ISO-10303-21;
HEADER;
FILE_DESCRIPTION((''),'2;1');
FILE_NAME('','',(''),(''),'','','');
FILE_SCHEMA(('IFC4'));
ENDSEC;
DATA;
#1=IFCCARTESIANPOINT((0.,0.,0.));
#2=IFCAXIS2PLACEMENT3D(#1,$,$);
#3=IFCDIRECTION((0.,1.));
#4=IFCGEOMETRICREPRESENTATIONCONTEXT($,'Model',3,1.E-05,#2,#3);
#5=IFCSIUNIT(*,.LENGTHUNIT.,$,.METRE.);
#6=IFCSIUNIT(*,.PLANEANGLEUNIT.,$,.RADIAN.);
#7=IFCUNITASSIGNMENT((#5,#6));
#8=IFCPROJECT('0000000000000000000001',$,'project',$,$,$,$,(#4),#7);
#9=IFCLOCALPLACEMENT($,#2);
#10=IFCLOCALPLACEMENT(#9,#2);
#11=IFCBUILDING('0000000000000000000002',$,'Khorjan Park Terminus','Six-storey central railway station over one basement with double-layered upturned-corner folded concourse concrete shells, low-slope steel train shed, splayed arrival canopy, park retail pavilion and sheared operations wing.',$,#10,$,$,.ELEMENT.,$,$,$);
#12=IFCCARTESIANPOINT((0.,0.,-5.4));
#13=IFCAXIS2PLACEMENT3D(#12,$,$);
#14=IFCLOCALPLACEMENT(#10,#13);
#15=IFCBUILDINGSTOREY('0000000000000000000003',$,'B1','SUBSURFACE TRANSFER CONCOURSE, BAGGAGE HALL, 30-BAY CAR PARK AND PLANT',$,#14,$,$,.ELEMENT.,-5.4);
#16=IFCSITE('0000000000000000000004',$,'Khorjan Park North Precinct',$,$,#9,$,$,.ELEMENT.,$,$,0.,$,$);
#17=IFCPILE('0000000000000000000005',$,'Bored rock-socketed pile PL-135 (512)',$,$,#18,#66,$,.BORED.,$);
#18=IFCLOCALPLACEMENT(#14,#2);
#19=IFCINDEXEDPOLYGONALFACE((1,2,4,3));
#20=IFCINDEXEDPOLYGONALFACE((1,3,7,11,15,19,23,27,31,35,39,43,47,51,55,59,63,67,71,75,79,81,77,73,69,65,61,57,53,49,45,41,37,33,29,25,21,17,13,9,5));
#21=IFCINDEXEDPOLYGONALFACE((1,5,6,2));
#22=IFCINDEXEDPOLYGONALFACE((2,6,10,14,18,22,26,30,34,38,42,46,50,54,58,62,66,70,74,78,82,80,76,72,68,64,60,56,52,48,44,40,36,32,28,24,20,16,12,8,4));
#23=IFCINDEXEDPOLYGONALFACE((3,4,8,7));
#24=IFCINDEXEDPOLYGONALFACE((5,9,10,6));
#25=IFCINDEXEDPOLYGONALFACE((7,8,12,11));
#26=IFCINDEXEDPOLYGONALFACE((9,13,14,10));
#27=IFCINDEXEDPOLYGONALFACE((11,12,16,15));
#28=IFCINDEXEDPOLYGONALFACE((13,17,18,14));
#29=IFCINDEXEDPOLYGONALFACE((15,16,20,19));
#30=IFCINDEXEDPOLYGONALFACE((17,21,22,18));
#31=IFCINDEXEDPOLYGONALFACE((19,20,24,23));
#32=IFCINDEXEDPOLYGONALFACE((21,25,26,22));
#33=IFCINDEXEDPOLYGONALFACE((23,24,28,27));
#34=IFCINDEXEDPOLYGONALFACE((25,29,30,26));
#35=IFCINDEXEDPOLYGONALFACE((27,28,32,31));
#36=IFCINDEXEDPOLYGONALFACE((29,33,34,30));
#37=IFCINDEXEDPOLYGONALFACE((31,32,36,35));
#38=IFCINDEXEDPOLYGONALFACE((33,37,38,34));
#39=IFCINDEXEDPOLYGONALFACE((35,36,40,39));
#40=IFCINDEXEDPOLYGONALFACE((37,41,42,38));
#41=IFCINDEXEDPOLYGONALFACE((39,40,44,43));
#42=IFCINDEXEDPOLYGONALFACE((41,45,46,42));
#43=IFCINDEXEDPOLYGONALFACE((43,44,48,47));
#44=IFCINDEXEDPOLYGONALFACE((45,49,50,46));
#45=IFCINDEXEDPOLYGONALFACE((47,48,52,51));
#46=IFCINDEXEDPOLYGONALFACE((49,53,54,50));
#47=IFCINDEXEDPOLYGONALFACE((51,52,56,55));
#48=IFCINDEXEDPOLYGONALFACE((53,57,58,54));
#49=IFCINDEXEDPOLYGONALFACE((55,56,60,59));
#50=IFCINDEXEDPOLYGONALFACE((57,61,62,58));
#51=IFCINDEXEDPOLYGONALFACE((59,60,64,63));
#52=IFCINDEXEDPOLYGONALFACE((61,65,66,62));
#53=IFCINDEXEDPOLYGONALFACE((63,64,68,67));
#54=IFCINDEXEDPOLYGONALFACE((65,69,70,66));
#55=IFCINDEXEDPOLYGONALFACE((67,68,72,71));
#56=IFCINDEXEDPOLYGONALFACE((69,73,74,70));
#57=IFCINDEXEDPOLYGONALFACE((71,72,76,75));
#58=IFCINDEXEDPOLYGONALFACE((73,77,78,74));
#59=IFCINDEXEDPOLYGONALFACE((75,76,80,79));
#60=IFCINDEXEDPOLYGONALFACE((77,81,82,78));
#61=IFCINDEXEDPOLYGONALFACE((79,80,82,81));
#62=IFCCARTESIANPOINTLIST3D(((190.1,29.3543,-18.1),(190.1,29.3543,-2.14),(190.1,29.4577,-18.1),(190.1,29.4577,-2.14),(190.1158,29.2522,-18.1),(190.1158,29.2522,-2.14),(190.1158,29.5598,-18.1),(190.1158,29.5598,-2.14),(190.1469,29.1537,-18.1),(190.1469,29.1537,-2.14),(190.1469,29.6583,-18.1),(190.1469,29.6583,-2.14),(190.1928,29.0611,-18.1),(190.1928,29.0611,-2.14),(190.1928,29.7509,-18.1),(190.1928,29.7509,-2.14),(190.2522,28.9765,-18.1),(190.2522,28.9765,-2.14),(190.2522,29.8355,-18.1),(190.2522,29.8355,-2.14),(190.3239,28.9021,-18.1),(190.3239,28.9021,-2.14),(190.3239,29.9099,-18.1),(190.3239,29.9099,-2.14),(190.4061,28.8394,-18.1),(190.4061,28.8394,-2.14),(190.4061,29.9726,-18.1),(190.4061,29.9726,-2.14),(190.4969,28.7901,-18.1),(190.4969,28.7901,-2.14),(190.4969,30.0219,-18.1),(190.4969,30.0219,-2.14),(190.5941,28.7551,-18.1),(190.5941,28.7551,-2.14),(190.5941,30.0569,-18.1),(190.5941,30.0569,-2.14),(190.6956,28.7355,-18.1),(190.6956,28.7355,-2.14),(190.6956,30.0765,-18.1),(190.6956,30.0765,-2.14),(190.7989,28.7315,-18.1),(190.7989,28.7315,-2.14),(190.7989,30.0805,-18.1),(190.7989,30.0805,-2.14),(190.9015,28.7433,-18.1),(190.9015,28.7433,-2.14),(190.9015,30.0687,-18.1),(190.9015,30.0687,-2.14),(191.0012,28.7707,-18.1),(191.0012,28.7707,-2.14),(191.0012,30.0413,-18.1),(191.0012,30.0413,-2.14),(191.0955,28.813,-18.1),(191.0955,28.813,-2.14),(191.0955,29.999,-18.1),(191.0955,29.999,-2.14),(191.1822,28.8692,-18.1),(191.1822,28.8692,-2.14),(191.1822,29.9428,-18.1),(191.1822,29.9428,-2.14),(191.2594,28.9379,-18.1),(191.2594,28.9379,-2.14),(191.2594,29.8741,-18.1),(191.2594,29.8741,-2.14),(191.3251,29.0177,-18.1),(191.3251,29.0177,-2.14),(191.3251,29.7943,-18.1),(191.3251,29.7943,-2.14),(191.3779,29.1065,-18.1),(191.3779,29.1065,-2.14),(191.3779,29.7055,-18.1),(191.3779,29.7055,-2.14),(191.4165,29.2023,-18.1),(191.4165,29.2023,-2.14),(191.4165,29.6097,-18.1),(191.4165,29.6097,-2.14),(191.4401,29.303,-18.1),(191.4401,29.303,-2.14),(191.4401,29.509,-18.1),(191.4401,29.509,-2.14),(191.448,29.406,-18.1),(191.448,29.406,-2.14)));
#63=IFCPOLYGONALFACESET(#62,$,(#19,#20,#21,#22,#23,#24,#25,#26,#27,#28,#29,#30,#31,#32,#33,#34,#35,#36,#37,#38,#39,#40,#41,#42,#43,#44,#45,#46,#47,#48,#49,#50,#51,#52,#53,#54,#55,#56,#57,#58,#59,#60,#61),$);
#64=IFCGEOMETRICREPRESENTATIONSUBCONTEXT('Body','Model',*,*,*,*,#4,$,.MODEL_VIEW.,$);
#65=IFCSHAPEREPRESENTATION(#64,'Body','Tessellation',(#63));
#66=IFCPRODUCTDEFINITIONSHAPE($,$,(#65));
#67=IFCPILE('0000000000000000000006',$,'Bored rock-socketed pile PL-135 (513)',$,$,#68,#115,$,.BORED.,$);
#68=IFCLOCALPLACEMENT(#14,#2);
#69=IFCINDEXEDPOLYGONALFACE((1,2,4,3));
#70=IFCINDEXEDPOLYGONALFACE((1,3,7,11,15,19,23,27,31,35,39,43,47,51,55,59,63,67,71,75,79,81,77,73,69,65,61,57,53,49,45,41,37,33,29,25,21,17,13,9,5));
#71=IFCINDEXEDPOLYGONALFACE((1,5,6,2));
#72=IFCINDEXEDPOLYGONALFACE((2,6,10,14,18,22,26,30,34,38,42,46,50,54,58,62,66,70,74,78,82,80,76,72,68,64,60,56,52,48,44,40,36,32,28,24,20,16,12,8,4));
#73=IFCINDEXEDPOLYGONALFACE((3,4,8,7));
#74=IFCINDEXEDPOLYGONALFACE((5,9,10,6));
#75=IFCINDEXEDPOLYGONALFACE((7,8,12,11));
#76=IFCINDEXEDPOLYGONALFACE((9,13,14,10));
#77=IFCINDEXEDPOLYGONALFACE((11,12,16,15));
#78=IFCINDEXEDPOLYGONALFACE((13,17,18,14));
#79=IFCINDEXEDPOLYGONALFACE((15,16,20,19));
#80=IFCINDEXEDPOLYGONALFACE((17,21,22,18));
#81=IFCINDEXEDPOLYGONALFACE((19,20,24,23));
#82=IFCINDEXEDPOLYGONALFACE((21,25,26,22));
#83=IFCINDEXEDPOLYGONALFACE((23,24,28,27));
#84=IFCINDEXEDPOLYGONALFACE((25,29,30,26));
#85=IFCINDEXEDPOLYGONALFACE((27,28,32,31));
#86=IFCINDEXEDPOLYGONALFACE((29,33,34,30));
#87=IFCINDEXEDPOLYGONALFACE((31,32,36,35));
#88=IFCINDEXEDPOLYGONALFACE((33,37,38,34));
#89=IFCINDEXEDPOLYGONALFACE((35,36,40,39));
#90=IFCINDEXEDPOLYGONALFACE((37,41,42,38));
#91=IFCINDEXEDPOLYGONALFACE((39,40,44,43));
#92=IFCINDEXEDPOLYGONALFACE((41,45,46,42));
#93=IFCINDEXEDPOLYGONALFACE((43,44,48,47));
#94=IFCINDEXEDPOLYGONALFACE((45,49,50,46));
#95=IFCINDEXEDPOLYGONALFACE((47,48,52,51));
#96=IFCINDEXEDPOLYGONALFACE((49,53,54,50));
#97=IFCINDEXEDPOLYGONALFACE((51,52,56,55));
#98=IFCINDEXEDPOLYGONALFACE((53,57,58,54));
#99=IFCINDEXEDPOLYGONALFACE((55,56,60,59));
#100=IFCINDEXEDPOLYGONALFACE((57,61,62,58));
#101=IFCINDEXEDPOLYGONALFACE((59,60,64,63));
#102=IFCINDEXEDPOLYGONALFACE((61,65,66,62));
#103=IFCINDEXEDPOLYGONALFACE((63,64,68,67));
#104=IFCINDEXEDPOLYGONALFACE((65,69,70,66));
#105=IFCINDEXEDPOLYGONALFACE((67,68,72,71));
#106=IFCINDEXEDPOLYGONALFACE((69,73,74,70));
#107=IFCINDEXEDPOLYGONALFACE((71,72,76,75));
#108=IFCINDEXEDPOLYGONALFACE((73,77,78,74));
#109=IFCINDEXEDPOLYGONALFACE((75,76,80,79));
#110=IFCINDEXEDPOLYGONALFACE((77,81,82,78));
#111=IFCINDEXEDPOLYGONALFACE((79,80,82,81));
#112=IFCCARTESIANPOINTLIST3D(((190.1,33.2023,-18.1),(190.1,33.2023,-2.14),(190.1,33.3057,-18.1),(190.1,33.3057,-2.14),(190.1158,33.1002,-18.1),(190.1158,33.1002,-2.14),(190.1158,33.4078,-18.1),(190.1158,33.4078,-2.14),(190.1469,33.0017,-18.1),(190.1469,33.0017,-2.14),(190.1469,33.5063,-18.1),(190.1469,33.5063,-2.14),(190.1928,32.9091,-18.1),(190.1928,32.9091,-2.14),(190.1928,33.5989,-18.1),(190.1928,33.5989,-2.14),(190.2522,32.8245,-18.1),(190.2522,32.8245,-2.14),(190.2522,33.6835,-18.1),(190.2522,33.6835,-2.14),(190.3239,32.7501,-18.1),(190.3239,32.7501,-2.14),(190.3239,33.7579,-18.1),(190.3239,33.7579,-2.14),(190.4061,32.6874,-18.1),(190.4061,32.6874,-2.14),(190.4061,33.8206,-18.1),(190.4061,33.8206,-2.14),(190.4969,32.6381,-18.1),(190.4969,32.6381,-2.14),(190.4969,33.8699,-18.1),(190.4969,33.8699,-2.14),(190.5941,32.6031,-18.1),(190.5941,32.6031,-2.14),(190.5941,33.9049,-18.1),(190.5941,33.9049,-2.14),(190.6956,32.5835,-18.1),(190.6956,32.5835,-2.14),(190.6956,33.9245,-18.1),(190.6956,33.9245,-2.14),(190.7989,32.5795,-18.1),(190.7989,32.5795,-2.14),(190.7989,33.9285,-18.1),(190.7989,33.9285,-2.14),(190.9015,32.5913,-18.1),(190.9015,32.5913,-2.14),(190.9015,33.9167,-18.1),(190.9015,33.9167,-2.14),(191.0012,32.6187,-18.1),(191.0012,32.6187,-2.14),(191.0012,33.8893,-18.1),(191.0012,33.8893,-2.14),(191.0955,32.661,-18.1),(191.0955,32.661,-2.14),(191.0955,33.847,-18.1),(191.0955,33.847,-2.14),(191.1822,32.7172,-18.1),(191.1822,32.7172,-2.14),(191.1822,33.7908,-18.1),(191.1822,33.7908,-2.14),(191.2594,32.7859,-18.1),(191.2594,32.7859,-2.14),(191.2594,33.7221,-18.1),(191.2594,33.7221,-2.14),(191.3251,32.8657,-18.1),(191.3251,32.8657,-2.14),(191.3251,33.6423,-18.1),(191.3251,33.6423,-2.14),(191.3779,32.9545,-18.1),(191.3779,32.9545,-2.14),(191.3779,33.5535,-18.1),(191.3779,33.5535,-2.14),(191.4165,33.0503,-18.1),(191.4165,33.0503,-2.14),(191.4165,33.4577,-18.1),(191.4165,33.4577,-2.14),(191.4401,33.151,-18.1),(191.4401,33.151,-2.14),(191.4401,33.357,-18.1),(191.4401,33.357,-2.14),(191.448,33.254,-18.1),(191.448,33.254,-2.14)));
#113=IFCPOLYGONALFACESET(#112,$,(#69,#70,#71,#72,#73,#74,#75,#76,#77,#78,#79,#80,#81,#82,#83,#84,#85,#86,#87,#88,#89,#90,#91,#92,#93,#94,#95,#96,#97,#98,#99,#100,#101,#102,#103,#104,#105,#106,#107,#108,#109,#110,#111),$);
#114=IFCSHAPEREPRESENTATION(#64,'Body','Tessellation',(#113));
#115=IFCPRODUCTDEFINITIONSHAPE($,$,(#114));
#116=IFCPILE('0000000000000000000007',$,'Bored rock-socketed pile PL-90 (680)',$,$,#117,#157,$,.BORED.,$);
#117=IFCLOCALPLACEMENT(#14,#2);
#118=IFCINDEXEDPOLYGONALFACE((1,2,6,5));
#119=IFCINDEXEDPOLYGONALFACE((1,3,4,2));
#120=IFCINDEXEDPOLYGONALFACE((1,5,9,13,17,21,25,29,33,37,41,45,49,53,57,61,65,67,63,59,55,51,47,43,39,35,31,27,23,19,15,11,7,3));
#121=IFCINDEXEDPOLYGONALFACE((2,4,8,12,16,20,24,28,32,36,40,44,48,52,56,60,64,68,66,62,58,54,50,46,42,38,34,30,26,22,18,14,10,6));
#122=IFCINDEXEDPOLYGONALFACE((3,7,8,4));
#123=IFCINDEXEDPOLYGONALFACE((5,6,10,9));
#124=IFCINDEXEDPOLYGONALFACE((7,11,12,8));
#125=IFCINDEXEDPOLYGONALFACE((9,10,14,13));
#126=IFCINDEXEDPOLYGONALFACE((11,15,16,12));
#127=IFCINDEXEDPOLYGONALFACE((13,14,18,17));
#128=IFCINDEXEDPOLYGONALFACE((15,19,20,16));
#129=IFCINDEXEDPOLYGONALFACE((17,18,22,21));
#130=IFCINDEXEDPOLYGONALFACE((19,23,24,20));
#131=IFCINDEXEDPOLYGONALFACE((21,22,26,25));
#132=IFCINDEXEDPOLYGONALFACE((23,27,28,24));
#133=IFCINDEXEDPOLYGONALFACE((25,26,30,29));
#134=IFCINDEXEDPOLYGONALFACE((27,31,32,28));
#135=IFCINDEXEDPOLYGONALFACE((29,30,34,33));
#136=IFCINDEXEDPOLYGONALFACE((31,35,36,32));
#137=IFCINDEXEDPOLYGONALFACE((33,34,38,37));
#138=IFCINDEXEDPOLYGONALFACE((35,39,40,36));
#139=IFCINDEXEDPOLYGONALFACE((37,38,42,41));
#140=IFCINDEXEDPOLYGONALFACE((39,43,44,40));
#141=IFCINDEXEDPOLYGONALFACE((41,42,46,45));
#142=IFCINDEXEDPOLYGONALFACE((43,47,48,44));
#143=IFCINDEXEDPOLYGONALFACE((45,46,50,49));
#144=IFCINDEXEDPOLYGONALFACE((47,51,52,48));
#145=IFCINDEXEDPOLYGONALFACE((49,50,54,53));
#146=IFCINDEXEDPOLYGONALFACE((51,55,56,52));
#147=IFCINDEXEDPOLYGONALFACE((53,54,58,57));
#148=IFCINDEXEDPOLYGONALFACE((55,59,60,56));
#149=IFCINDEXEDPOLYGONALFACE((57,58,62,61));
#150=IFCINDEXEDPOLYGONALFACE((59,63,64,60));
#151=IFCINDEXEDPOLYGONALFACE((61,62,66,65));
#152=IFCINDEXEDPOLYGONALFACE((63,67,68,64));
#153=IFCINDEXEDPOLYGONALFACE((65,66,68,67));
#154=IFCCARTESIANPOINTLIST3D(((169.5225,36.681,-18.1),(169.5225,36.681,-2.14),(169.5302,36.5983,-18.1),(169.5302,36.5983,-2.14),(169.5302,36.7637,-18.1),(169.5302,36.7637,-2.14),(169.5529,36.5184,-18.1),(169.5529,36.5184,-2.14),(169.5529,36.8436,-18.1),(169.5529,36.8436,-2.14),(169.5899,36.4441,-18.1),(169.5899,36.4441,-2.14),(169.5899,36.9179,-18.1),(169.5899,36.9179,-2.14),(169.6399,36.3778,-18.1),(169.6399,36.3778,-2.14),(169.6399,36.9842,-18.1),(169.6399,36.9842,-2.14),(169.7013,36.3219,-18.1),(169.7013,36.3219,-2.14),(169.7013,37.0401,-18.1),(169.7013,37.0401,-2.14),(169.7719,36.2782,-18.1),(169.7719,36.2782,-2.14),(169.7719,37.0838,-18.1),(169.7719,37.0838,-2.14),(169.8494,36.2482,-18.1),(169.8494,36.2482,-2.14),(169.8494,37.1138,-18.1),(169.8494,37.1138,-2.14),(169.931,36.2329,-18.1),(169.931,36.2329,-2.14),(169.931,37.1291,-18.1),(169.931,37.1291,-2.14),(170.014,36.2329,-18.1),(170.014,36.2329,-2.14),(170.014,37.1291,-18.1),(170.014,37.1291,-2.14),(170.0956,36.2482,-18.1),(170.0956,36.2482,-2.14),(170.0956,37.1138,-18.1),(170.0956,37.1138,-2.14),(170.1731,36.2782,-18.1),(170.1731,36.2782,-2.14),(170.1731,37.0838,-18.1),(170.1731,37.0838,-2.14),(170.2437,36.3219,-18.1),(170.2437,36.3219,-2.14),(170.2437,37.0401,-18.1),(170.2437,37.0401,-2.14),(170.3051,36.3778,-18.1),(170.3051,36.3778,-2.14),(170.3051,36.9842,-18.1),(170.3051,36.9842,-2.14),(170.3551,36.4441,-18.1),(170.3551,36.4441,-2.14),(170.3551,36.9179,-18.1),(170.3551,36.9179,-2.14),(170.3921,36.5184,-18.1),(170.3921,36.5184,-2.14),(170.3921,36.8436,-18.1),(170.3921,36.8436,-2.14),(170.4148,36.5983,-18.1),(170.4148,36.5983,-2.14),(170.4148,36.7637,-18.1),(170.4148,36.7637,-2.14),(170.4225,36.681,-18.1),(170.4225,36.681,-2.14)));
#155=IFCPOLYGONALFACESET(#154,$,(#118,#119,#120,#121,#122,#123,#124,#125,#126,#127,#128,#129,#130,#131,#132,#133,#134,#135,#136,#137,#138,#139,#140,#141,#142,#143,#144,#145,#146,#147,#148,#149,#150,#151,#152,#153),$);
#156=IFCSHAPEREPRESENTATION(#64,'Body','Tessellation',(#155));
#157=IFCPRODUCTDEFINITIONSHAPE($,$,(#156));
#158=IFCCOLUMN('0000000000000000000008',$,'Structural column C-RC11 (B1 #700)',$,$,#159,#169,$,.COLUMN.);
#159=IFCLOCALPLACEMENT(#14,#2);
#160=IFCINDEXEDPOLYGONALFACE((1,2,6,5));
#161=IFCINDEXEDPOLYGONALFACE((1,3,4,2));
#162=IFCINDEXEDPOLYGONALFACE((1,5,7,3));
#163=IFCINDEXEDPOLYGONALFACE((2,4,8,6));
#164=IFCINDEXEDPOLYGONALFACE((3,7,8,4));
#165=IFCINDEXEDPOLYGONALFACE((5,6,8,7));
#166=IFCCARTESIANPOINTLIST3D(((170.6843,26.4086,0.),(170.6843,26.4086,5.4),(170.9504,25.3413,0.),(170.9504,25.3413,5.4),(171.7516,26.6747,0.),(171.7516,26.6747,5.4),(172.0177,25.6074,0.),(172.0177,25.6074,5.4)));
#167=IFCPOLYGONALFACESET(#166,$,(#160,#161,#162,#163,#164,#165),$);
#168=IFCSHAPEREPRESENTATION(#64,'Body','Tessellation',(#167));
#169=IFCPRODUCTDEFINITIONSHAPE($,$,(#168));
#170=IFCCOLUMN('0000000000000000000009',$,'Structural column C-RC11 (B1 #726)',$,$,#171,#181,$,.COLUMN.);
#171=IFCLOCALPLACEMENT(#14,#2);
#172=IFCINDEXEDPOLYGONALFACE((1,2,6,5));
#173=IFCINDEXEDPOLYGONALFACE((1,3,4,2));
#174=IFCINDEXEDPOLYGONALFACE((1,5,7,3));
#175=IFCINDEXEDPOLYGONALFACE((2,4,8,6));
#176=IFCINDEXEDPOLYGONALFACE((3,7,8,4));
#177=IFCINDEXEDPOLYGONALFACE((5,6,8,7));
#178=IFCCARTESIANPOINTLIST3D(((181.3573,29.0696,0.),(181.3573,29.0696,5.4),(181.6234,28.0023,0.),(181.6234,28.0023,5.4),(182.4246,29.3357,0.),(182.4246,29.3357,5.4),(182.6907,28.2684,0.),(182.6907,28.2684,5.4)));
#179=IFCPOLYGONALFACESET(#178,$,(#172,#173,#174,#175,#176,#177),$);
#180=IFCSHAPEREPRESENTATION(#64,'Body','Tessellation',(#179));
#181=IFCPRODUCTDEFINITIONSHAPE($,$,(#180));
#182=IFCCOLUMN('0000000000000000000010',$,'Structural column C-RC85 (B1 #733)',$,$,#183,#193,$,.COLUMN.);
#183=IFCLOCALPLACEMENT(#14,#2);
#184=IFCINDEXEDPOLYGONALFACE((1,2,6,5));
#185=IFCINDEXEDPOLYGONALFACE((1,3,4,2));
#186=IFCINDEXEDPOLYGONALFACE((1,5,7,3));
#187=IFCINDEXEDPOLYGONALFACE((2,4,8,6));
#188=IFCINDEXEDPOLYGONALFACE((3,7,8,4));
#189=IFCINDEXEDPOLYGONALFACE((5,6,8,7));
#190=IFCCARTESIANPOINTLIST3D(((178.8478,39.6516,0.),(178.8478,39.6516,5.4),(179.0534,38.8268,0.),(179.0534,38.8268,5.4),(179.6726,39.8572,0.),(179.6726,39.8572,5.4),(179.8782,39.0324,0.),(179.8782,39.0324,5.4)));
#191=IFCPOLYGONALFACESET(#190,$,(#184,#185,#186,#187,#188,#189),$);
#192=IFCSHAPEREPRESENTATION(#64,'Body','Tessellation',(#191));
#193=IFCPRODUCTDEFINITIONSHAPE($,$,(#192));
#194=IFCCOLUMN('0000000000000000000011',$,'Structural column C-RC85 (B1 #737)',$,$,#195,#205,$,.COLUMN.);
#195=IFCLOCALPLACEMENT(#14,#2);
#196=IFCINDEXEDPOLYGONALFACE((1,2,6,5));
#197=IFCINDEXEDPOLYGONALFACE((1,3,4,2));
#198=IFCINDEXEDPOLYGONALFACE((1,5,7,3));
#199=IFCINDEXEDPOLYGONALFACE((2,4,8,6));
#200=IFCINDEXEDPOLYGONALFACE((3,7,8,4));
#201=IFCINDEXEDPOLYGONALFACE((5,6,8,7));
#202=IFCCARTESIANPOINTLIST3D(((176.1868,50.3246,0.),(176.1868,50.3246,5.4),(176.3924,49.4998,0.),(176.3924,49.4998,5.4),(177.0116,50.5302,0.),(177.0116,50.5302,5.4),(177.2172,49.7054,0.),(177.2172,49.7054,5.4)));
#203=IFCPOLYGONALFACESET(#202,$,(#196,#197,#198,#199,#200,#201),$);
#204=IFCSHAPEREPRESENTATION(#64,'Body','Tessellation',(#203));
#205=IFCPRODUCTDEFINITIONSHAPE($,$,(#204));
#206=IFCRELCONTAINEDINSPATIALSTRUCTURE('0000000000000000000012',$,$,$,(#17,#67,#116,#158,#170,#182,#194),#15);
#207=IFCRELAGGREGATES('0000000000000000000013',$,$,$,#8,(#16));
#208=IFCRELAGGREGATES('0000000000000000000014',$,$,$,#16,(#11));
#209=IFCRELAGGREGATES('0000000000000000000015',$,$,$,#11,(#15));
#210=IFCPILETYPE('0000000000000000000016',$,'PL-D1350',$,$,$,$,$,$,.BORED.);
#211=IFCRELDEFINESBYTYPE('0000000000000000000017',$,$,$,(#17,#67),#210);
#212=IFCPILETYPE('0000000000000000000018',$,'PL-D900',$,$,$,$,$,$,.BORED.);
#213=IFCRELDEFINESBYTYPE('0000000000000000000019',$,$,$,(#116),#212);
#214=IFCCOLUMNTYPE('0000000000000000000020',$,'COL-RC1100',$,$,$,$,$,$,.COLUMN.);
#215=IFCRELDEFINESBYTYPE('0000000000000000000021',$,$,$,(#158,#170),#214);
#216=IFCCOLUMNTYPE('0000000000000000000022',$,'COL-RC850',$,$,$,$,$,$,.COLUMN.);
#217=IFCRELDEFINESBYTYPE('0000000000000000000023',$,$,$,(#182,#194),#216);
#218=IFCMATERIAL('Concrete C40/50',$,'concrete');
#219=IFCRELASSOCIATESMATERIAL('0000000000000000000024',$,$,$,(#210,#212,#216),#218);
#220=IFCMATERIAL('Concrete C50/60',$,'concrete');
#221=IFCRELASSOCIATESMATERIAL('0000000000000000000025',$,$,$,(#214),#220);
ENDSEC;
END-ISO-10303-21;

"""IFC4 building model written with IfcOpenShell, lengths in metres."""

from ifc_helpers import new_model, si_unit, direction, frame, origin, origin_2d, place, context, subcontext, project, spatial, rectangle, circle, extrude, material, material_profile, profile_set, type_object, element, save


model = new_model("IFC4")

# Units and contexts
model_context = context("Model", 3, precision=1e-05, world=origin(), true_north=direction((0.0, 1.0)))
body_context = subcontext(model_context, "Body", "Model", "MODEL_VIEW")
ifc_project = project(units=[si_unit("LENGTHUNIT", "METRE"), si_unit("PLANEANGLEUNIT", "RADIAN")], contexts=[model_context])

# Site, building, storey
site_placement = place(None, origin())
site = spatial("IfcSite", under=ifc_project, at=site_placement, Name="Khorjan Park North Precinct", CompositionType="ELEMENT", RefElevation=0.0)
building_placement = place(site_placement, origin())
building = spatial("IfcBuilding", under=site, at=building_placement, Name="Khorjan Park Terminus", Description="Six-storey central railway station over one basement with double-layered upturned-corner folded concourse concrete shells, low-slope steel train shed, splayed arrival canopy, park retail pavilion and sheared operations wing.", CompositionType="ELEMENT")
storey_placement = place(building_placement, frame((0.0, 0.0, -5.4)))
storey = spatial("IfcBuildingStorey", under=building, at=storey_placement, Name="B1", Description="SUBSURFACE TRANSFER CONCOURSE, BAGGAGE HALL, 30-BAY CAR PARK AND PLANT", CompositionType="ELEMENT", Elevation=-5.4)

# Shared definitions
ifc_material_1 = material(Name="Concrete C40/50", Category="concrete")

# Piles
ifc_material_profile_1 = material_profile(ifc_material_1, circle(Radius=0.675, at=origin_2d()), Name="BORED D1350")
ifc_profile_set_1 = profile_set([ifc_material_profile_1], Name="Concrete C40/50")
pile_type_1 = type_object("IfcPileType", Name="PL-D1350", PredefinedType="BORED", material=ifc_profile_set_1)
for number, where, z_axis, x_axis, name in (
    (1, (190.773, 29.406, -2.14), (0.0, 0.0, -1.0), (1.0, 0.0, 0.0), "Bored rock-socketed pile PL-135 (512)"),
    (2, (190.773, 33.254, -2.14), (0.0, 0.0, -1.0), (1.0, 0.0, 0.0), "Bored rock-socketed pile PL-135 (513)"),
):
    element("IfcPile", number, at=place(storey_placement, frame(where, z_axis=z_axis, x_axis=x_axis)), inside=storey, type_object=pile_type_1, Name=name, PredefinedType="BORED", context=body_context, shape_type="SweptSolid", body=[
        extrude(circle(Radius=0.675, at=origin_2d()), origin(), (0.0, 0.0, 1.0), 15.96),
    ])
ifc_material_profile_2 = material_profile(ifc_material_1, circle(Radius=0.45, at=origin_2d()), Name="BORED D900")
ifc_profile_set_2 = profile_set([ifc_material_profile_2], Name="Concrete C40/50")
pile_type_2 = type_object("IfcPileType", Name="PL-D900", PredefinedType="BORED", material=ifc_profile_set_2)
pile_placement = place(storey_placement, frame((169.9725, 36.681, -2.14), z_axis=(0.0, 0.0, -1.0), x_axis=(1.0, 0.0, 0.0)))
element("IfcPile", 3, at=pile_placement, inside=storey, type_object=pile_type_2, Name="Bored rock-socketed pile PL-90 (680)", PredefinedType="BORED", context=body_context, shape_type="SweptSolid", body=[
    extrude(circle(Radius=0.45, at=origin_2d()), origin(), (0.0, 0.0, 1.0), 15.96),
])

# Columns
ifc_material_2 = material(Name="Concrete C50/60", Category="concrete")
ifc_material_profile_3 = material_profile(ifc_material_2, rectangle(XDim=1.1, YDim=1.1, at=origin_2d()), Name="RC 1100x1100")
ifc_profile_set_3 = profile_set([ifc_material_profile_3], Name="Concrete C50/60")
column_type_1 = type_object("IfcColumnType", Name="COL-RC1100", PredefinedType="COLUMN", material=ifc_profile_set_3)
for number, where, z_axis, x_axis, name in (
    (4, (171.351, 26.008, 0.0), (0.0, 0.0, 1.0), (0.970296, 0.241922, 0.0), "Structural column C-RC11 (B1 #700)"),
    (5, (182.024, 28.669, 0.0), (0.0, 0.0, 1.0), (0.970296, 0.241922, 0.0), "Structural column C-RC11 (B1 #726)"),
):
    element("IfcColumn", number, at=place(storey_placement, frame(where, z_axis=z_axis, x_axis=x_axis)), inside=storey, type_object=column_type_1, Name=name, PredefinedType="COLUMN", context=body_context, shape_type="SweptSolid", body=[
        extrude(rectangle(XDim=1.1, YDim=1.1, at=origin_2d()), origin(), (0.0, 0.0, 1.0), 5.4),
    ])
ifc_material_profile_4 = material_profile(ifc_material_1, rectangle(XDim=0.85, YDim=0.85, at=origin_2d()), Name="RC 850x850")
ifc_profile_set_4 = profile_set([ifc_material_profile_4], Name="Concrete C40/50")
column_type_2 = type_object("IfcColumnType", Name="COL-RC850", PredefinedType="COLUMN", material=ifc_profile_set_4)
for number, where, z_axis, x_axis, name in (
    (6, (179.363, 39.342, 0.0), (0.0, 0.0, 1.0), (0.970296, 0.241922, 0.0), "Structural column C-RC85 (B1 #733)"),
    (7, (176.702, 50.015, 0.0), (0.0, 0.0, 1.0), (0.970296, 0.241922, 0.0), "Structural column C-RC85 (B1 #737)"),
):
    element("IfcColumn", number, at=place(storey_placement, frame(where, z_axis=z_axis, x_axis=x_axis)), inside=storey, type_object=column_type_2, Name=name, PredefinedType="COLUMN", context=body_context, shape_type="SweptSolid", body=[
        extrude(rectangle(XDim=0.85, YDim=0.85, at=origin_2d()), origin(), (0.0, 0.0, 1.0), 5.4),
    ])

save(model, "model.ifc")
